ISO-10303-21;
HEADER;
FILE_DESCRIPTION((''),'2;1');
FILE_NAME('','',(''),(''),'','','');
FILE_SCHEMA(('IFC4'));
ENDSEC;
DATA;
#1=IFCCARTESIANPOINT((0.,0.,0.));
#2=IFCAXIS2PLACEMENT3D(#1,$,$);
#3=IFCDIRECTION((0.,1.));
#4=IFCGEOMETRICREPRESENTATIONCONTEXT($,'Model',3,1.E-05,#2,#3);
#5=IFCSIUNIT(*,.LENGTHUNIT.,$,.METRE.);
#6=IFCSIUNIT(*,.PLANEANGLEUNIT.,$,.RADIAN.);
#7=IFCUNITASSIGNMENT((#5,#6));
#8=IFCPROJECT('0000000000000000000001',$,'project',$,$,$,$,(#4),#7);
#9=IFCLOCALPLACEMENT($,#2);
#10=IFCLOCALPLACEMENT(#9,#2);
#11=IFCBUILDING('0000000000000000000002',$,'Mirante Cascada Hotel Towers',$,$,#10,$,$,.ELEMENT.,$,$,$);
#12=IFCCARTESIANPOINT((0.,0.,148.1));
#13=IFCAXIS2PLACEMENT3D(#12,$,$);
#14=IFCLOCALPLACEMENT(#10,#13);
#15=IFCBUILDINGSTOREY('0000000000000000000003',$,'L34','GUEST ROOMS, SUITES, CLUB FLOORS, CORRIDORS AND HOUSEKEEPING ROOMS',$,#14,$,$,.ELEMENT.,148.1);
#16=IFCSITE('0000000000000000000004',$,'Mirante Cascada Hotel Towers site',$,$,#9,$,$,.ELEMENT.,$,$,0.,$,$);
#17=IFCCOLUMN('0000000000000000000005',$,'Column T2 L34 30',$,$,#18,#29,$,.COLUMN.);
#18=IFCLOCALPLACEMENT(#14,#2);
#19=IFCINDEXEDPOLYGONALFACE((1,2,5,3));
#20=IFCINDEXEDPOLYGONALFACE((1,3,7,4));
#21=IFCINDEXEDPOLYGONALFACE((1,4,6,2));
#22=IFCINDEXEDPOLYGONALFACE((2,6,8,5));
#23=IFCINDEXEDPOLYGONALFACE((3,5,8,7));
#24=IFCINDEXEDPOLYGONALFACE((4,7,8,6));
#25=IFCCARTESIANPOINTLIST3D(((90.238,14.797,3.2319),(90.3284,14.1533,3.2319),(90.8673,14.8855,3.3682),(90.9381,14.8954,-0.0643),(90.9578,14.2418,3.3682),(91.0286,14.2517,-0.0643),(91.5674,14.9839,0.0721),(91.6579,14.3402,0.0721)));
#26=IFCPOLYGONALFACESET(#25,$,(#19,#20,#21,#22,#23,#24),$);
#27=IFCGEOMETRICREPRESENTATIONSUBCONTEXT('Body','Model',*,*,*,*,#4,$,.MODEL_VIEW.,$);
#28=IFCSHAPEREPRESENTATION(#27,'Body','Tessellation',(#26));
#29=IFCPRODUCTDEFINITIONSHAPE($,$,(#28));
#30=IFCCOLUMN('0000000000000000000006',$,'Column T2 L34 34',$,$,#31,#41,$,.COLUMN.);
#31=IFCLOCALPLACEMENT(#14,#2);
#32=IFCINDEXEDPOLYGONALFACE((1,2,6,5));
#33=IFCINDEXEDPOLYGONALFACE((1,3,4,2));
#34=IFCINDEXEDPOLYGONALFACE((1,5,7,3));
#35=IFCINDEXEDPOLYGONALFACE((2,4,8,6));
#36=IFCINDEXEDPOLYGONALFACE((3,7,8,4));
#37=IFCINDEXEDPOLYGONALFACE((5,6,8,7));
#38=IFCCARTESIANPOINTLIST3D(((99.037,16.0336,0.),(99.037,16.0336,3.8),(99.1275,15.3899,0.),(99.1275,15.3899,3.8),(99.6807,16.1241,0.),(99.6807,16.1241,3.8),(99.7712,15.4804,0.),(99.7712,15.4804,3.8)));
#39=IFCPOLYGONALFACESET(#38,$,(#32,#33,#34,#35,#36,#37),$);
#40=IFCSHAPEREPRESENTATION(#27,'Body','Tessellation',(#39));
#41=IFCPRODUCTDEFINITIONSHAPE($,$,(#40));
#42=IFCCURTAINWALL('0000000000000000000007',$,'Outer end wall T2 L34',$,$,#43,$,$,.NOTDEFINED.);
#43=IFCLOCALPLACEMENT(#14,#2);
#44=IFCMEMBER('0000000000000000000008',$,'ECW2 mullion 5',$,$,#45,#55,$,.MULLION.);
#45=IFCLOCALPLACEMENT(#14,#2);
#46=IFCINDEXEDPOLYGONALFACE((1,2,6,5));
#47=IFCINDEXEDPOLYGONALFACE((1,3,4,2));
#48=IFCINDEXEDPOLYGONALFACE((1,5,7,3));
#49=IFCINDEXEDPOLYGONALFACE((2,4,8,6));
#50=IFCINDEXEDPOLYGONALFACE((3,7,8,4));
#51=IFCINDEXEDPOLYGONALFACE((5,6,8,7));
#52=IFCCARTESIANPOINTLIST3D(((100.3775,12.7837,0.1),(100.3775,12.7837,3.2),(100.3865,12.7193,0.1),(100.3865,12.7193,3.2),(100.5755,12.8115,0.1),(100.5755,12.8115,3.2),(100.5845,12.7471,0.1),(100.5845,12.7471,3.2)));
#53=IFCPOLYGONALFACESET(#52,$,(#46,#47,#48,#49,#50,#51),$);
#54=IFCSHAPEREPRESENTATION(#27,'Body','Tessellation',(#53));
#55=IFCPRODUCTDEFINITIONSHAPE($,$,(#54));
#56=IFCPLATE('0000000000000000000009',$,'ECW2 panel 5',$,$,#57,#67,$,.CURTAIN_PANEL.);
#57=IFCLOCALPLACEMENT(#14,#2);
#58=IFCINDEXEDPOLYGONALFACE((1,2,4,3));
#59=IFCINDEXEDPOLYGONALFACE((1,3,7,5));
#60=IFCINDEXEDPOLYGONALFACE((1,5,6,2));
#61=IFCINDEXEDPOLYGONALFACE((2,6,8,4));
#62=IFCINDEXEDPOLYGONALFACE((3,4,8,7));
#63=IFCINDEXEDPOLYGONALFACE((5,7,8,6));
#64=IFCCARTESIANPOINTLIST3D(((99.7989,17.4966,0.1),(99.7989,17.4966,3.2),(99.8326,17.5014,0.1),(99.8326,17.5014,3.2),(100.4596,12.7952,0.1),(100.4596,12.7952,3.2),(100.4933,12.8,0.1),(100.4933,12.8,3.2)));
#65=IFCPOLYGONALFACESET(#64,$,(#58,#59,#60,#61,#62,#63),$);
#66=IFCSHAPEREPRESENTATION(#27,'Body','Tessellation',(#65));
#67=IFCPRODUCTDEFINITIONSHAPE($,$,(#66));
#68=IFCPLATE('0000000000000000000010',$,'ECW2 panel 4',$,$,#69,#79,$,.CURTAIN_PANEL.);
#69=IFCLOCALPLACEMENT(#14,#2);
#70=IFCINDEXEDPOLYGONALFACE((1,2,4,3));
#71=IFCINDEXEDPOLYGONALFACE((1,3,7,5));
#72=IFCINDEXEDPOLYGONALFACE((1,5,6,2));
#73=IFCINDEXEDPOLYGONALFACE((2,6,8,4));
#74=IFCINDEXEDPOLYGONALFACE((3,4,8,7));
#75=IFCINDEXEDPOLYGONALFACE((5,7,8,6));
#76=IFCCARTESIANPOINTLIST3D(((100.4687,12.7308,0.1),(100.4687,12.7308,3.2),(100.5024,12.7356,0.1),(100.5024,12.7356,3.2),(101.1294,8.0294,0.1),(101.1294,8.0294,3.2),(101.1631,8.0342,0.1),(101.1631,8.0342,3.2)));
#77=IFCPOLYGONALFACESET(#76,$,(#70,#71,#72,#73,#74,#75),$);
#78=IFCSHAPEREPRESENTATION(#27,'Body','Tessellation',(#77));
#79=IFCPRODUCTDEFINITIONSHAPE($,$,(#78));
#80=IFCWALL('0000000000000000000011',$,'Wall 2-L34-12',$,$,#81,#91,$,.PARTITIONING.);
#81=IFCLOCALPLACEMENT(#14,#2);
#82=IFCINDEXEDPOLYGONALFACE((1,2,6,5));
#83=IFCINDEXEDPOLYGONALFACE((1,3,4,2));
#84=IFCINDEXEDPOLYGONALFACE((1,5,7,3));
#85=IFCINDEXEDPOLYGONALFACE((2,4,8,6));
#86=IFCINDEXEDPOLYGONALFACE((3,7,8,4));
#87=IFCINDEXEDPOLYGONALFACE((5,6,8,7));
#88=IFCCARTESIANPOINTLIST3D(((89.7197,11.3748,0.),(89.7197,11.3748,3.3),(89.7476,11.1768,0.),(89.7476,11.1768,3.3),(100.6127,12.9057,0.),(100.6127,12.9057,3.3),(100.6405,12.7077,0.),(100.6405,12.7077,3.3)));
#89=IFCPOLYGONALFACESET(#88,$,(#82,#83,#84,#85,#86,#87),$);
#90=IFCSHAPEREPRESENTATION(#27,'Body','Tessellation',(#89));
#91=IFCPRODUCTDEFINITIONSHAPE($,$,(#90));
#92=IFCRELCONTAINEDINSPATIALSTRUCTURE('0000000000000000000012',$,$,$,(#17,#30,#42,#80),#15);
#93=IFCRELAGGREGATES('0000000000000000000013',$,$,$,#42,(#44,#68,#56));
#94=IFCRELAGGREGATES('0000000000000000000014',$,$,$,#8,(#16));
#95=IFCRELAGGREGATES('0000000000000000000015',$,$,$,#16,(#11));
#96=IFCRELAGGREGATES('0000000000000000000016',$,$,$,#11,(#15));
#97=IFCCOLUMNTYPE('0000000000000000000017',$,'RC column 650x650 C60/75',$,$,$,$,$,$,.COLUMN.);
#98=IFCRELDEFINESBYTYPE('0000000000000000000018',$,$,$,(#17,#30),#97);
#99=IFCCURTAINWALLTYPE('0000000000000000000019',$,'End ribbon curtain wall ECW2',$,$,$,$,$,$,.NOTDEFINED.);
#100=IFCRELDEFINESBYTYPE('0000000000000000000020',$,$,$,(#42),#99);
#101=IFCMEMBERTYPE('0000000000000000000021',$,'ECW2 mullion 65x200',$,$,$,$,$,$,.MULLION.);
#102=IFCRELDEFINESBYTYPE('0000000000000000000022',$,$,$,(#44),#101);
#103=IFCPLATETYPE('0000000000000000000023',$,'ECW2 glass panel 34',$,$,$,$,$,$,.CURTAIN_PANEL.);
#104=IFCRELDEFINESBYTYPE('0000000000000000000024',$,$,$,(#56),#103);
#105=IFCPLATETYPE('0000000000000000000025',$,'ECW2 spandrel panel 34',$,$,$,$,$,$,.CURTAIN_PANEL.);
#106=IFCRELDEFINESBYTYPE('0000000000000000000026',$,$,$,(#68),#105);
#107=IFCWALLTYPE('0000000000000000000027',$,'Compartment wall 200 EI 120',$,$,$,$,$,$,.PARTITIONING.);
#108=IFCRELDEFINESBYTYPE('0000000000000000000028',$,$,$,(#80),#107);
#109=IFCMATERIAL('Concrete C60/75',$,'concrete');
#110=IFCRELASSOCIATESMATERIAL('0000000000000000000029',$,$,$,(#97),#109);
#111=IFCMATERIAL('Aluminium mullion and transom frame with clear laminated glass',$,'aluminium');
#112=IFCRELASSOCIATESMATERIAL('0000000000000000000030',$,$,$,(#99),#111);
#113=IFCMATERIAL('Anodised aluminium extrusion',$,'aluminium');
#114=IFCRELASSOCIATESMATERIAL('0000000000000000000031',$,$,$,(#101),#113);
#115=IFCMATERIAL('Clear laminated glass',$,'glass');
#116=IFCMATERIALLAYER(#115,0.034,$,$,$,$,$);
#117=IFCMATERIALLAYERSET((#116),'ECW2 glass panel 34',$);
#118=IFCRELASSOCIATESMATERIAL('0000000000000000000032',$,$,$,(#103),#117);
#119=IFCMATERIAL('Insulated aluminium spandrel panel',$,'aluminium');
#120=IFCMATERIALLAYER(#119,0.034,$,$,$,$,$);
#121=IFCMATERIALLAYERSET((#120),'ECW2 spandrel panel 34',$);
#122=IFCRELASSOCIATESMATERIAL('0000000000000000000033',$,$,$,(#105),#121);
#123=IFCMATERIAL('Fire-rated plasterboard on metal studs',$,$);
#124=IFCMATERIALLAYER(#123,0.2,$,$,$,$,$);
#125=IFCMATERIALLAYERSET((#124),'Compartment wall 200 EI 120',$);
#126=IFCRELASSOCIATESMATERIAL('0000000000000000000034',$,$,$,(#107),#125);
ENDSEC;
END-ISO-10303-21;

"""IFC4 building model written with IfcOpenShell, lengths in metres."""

from ifc_helpers import new_model, si_unit, direction, frame, frame_2d, origin, origin_2d, place, context, subcontext, project, spatial, rectangle, extrude, material, layer, layer_set, material_profile, profile_set, type_object, element, aggregate, save


model = new_model("IFC4")

# Units and contexts
model_context = context("Model", 3, precision=1e-05, world=origin(), true_north=direction((0.0, 1.0)))
body_context = subcontext(model_context, "Body", "Model", "MODEL_VIEW")
ifc_project = project(units=[si_unit("LENGTHUNIT", "METRE"), si_unit("PLANEANGLEUNIT", "RADIAN")], contexts=[model_context])

# Site, building, storey
site_placement = place(None, origin())
site = spatial("IfcSite", under=ifc_project, at=site_placement, Name="Mirante Cascada Hotel Towers site", CompositionType="ELEMENT", RefElevation=0.0)
building_placement = place(site_placement, origin())
building = spatial("IfcBuilding", under=site, at=building_placement, Name="Mirante Cascada Hotel Towers", CompositionType="ELEMENT")
storey_placement = place(building_placement, frame((0.0, 0.0, 148.1)))
storey = spatial("IfcBuildingStorey", under=building, at=storey_placement, Name="L34", Description="GUEST ROOMS, SUITES, CLUB FLOORS, CORRIDORS AND HOUSEKEEPING ROOMS", CompositionType="ELEMENT", Elevation=148.1)

# Columns
ifc_material_1 = material(Name="Concrete C60/75", Category="concrete")
ifc_material_profile_1 = material_profile(ifc_material_1, rectangle(XDim=0.65, YDim=0.65, at=origin_2d()), Name="RC column 650x650 C60/75")
ifc_profile_set_1 = profile_set([ifc_material_profile_1], Name="Concrete C60/75")
column_type = type_object("IfcColumnType", Name="RC column 650x650 C60/75", PredefinedType="COLUMN", material=ifc_profile_set_1)
column_1_placement = place(storey_placement, frame((91.298, 14.6178, 0.0039), z_axis=(-0.207679, -0.02919, 0.977761), x_axis=(0.139183, -0.990267, 0.0)))
element("IfcColumn", 1, at=column_1_placement, inside=storey, type_object=column_type, Name="Column T2 L34 30", PredefinedType="COLUMN", context=body_context, shape_type="SweptSolid", body=[
    extrude(rectangle(XDim=0.65, YDim=0.65, at=origin_2d()), origin(), (0.0, 0.0, 1.0), 3.3711),
])
column_2_placement = place(storey_placement, frame((99.4041, 15.757, 0.0), z_axis=(0.0, 0.0, 1.0), x_axis=(0.990268, 0.139173, 0.0)))
element("IfcColumn", 2, at=column_2_placement, inside=storey, type_object=column_type, Name="Column T2 L34 34", PredefinedType="COLUMN", context=body_context, shape_type="SweptSolid", body=[
    extrude(rectangle(XDim=0.65, YDim=0.65, at=origin_2d()), origin(), (0.0, 0.0, 1.0), 3.8),
])

# Curtain wall, member, plates
ifc_material_2 = material(Name="Aluminium mullion and transom frame with clear laminated glass", Category="aluminium")
curtain_wall_type = type_object("IfcCurtainWallType", Name="End ribbon curtain wall ECW2", PredefinedType="NOTDEFINED", material=ifc_material_2)
curtain_wall_placement = place(storey_placement, origin())
curtain_wall = element("IfcCurtainWall", 3, at=curtain_wall_placement, inside=storey, type_object=curtain_wall_type, Name="Outer end wall T2 L34", PredefinedType="NOTDEFINED")
ifc_material_3 = material(Name="Anodised aluminium extrusion", Category="aluminium")
ifc_material_profile_2 = material_profile(ifc_material_3, rectangle(XDim=0.2, YDim=0.065, at=origin_2d()), Name="ECW2 MULLION 65x200")
ifc_profile_set_2 = profile_set([ifc_material_profile_2], Name="Anodised aluminium extrusion")
member_type = type_object("IfcMemberType", Name="ECW2 mullion 65x200", PredefinedType="MULLION", material=ifc_profile_set_2)
member_placement = place(storey_placement, frame((100.481, 12.7654, 0.1), z_axis=(0.0, 0.0, 1.0), x_axis=(-0.990268, -0.139173, 0.0)))
member = element("IfcMember", 4, at=member_placement, type_object=member_type, Name="ECW2 mullion 5", PredefinedType="MULLION", context=body_context, shape_type="SweptSolid", body=[
    extrude(rectangle(XDim=0.2, YDim=0.065, at=origin_2d()), origin(), (0.0, 0.0, 1.0), 3.1),
])
ifc_material_4 = material(Name="Clear laminated glass", Category="glass")
ifc_layer_1 = layer(ifc_material_4, 0.034)
ifc_layer_set_1 = layer_set([ifc_layer_1], Name="ECW2 glass panel 34")
plate_type_1 = type_object("IfcPlateType", Name="ECW2 glass panel 34", PredefinedType="CURTAIN_PANEL", material=ifc_layer_set_1)
plate_1_placement = place(storey_placement, frame((100.1461, 15.1483, 0.1), z_axis=(0.0, 0.0, 1.0), x_axis=(-0.139173, 0.990268, 0.0)))
plate_1 = element("IfcPlate", 5, at=plate_1_placement, type_object=plate_type_1, Name="ECW2 panel 5", PredefinedType="CURTAIN_PANEL", context=body_context, shape_type="SweptSolid", body=[
    extrude(rectangle(XDim=4.7476, YDim=0.034, at=origin_2d()), origin(), (0.0, 0.0, 1.0), 3.1),
])
ifc_material_5 = material(Name="Insulated aluminium spandrel panel", Category="aluminium")
ifc_layer_2 = layer(ifc_material_5, 0.034)
ifc_layer_set_2 = layer_set([ifc_layer_2], Name="ECW2 spandrel panel 34")
plate_type_2 = type_object("IfcPlateType", Name="ECW2 spandrel panel 34", PredefinedType="CURTAIN_PANEL", material=ifc_layer_set_2)
plate_2_placement = place(storey_placement, frame((100.8159, 10.3825, 0.1), z_axis=(0.0, 0.0, 1.0), x_axis=(-0.139173, 0.990268, 0.0)))
plate_2 = element("IfcPlate", 6, at=plate_2_placement, type_object=plate_type_2, Name="ECW2 panel 4", PredefinedType="CURTAIN_PANEL", context=body_context, shape_type="SweptSolid", body=[
    extrude(rectangle(XDim=4.7476, YDim=0.034, at=origin_2d()), origin(), (0.0, 0.0, 1.0), 3.1),
])
aggregate(curtain_wall, [member, plate_2, plate_1])

# Wall
ifc_material_6 = material(Name="Fire-rated plasterboard on metal studs")
ifc_layer_3 = layer(ifc_material_6, 0.2)
ifc_layer_set_3 = layer_set([ifc_layer_3], Name="Compartment wall 200 EI 120")
wall_type_1 = type_object("IfcWallType", Name="Compartment wall 200 EI 120", PredefinedType="PARTITIONING", material=ifc_layer_set_3)
wall_1_placement = place(storey_placement, frame((100.6266, 12.8067, 0.0), z_axis=(0.0, 0.0, 1.0), x_axis=(-0.990268, -0.139173, 0.0)))
element("IfcWall", 7, at=wall_1_placement, inside=storey, type_object=wall_type_1, Name="Wall 2-L34-12", PredefinedType="PARTITIONING", context=body_context, shape_type="SweptSolid", body=[
    extrude(rectangle(XDim=11.0, YDim=0.2, at=frame_2d((5.5, 0.0))), origin(), (0.0, 0.0, 1.0), 3.3),
])

save(model, "model.ifc")
